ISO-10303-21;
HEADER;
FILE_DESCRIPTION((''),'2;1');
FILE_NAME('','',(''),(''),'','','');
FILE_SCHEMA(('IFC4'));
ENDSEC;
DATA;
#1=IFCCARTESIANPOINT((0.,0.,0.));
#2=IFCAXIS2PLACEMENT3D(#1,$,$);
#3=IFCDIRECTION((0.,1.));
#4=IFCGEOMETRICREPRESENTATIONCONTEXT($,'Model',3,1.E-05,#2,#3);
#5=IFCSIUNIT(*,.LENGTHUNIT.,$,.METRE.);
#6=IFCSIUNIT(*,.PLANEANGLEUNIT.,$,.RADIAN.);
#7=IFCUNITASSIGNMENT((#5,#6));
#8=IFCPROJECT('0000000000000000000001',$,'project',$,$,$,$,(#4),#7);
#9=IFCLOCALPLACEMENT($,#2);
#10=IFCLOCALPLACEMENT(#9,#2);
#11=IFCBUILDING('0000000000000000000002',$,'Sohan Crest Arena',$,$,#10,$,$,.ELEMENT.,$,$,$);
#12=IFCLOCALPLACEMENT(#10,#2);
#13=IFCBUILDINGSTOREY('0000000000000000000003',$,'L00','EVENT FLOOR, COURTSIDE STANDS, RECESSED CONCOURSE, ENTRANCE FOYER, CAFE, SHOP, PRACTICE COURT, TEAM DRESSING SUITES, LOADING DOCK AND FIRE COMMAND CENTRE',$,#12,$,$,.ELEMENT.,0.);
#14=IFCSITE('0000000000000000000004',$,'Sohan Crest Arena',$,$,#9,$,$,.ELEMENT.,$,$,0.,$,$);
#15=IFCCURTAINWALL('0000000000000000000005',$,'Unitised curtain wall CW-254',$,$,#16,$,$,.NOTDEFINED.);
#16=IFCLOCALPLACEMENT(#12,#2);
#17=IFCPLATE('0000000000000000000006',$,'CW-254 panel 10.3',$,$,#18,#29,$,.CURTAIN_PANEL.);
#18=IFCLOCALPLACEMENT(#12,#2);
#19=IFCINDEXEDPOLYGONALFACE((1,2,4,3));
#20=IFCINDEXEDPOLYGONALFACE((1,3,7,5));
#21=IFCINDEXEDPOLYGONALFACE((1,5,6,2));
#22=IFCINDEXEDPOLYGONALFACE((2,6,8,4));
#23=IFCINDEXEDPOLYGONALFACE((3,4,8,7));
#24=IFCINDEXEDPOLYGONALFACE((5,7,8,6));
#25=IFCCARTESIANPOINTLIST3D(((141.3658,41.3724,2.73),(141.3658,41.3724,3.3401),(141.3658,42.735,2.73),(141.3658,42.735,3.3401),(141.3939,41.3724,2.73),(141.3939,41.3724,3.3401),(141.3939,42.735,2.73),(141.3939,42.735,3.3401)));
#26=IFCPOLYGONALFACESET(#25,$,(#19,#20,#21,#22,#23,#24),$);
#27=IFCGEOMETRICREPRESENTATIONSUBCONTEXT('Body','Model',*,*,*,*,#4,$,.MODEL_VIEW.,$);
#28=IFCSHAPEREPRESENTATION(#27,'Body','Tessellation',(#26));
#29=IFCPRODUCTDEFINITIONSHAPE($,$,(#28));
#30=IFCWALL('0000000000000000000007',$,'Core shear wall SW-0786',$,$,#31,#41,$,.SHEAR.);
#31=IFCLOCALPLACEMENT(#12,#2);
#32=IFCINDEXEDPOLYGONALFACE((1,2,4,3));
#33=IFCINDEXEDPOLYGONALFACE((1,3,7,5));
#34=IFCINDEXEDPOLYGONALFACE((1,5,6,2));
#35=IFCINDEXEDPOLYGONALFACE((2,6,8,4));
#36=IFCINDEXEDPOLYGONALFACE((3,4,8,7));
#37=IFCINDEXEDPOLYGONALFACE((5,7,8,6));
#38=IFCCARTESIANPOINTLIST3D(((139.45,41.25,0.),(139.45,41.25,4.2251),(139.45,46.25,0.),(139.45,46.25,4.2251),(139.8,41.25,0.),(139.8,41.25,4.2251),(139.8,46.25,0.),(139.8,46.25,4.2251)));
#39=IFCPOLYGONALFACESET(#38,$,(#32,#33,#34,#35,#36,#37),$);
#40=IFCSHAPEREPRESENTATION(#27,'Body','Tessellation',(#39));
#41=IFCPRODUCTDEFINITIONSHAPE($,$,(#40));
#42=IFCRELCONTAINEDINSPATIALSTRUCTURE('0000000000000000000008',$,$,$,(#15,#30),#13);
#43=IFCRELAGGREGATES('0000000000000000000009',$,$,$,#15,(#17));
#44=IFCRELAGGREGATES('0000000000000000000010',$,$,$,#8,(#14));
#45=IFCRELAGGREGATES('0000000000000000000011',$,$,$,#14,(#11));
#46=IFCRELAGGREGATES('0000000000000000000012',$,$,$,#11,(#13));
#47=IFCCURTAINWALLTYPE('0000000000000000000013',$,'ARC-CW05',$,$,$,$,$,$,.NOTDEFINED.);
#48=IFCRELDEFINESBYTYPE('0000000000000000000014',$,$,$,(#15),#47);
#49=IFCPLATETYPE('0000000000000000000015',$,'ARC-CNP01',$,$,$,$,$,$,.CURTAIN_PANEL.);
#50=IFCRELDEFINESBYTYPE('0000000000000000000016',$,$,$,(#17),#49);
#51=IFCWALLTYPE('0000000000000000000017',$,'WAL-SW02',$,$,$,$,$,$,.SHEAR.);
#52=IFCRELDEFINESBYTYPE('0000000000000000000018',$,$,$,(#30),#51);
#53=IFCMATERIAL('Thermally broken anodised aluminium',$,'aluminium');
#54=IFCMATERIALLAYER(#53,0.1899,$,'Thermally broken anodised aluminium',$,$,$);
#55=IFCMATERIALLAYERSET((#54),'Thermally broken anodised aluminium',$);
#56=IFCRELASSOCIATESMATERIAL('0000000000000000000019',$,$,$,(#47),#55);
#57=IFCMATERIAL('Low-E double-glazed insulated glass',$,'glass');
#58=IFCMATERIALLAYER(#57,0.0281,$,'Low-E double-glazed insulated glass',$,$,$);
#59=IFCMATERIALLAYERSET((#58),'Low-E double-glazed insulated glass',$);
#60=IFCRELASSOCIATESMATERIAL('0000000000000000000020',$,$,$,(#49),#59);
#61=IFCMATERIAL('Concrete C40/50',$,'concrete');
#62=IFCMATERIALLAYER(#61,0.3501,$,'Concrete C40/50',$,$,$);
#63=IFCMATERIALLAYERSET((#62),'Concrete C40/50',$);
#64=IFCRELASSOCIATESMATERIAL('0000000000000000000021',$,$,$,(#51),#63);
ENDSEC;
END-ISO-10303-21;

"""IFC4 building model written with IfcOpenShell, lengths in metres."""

from ifc_helpers import new_model, si_unit, direction, frame, frame_2d, origin, origin_2d, place, context, subcontext, project, spatial, rectangle, extrude, material, layer, layer_set, type_object, element, aggregate, save


model = new_model("IFC4")

# Units and contexts
model_context = context("Model", 3, precision=1e-05, world=origin(), true_north=direction((0.0, 1.0)))
body_context = subcontext(model_context, "Body", "Model", "MODEL_VIEW")
ifc_project = project(units=[si_unit("LENGTHUNIT", "METRE"), si_unit("PLANEANGLEUNIT", "RADIAN")], contexts=[model_context])

# Site, building, storey
site_placement = place(None, origin())
site = spatial("IfcSite", under=ifc_project, at=site_placement, Name="Sohan Crest Arena", CompositionType="ELEMENT", RefElevation=0.0)
building_placement = place(site_placement, origin())
building = spatial("IfcBuilding", under=site, at=building_placement, Name="Sohan Crest Arena", CompositionType="ELEMENT")
storey_placement = place(building_placement, origin())
storey = spatial("IfcBuildingStorey", under=building, at=storey_placement, Name="L00", Description="EVENT FLOOR, COURTSIDE STANDS, RECESSED CONCOURSE, ENTRANCE FOYER, CAFE, SHOP, PRACTICE COURT, TEAM DRESSING SUITES, LOADING DOCK AND FIRE COMMAND CENTRE", CompositionType="ELEMENT", Elevation=0.0)

# Shared definitions
ifc_material_1 = material(Name="Thermally broken anodised aluminium", Category="aluminium")

# Curtain wall
ifc_layer_1 = layer(ifc_material_1, 0.1899, Name="Thermally broken anodised aluminium")
ifc_layer_set_1 = layer_set([ifc_layer_1], Name="Thermally broken anodised aluminium")
curtain_wall_type_1 = type_object("IfcCurtainWallType", Name="ARC-CW05", PredefinedType="NOTDEFINED", material=ifc_layer_set_1)
curtain_wall_1_placement = place(storey_placement, origin())
curtain_wall_1 = element("IfcCurtainWall", 1, at=curtain_wall_1_placement, inside=storey, type_object=curtain_wall_type_1, Name="Unitised curtain wall CW-254", PredefinedType="NOTDEFINED")

# Plate
ifc_material_2 = material(Name="Low-E double-glazed insulated glass", Category="glass")
ifc_layer_2 = layer(ifc_material_2, 0.0281, Name="Low-E double-glazed insulated glass")
ifc_layer_set_2 = layer_set([ifc_layer_2], Name="Low-E double-glazed insulated glass")
plate_type = type_object("IfcPlateType", Name="ARC-CNP01", PredefinedType="CURTAIN_PANEL", material=ifc_layer_set_2)
plate_1_placement = place(storey_placement, frame((141.3799, 42.0537, 2.73), z_axis=(0.0, 0.0, 1.0), x_axis=(0.0, 1.0, 0.0)))
plate_1 = element("IfcPlate", 2, at=plate_1_placement, type_object=plate_type, Name="CW-254 panel 10.3", PredefinedType="CURTAIN_PANEL", context=body_context, shape_type="SweptSolid", body=[
    extrude(rectangle(XDim=1.3625, YDim=0.0281, at=origin_2d()), origin(), (0.0, 0.0, 1.0), 0.6101),
])
aggregate(curtain_wall_1, [plate_1])

# Wall
ifc_material_3 = material(Name="Concrete C40/50", Category="concrete")
ifc_layer_3 = layer(ifc_material_3, 0.3501, Name="Concrete C40/50")
ifc_layer_set_3 = layer_set([ifc_layer_3], Name="Concrete C40/50")
wall_type = type_object("IfcWallType", Name="WAL-SW02", PredefinedType="SHEAR", material=ifc_layer_set_3)
wall_placement = place(storey_placement, frame((139.625, 41.25, 0.0), z_axis=(0.0, 0.0, 1.0), x_axis=(0.0, 1.0, 0.0)))
element("IfcWall", 3, at=wall_placement, inside=storey, type_object=wall_type, Name="Core shear wall SW-0786", PredefinedType="SHEAR", context=body_context, shape_type="SweptSolid", body=[
    extrude(rectangle(XDim=5.0, YDim=0.3501, at=frame_2d((2.5, 0.0))), origin(), (0.0, 0.0, 1.0), 4.2251),
])

save(model, "model.ifc")
